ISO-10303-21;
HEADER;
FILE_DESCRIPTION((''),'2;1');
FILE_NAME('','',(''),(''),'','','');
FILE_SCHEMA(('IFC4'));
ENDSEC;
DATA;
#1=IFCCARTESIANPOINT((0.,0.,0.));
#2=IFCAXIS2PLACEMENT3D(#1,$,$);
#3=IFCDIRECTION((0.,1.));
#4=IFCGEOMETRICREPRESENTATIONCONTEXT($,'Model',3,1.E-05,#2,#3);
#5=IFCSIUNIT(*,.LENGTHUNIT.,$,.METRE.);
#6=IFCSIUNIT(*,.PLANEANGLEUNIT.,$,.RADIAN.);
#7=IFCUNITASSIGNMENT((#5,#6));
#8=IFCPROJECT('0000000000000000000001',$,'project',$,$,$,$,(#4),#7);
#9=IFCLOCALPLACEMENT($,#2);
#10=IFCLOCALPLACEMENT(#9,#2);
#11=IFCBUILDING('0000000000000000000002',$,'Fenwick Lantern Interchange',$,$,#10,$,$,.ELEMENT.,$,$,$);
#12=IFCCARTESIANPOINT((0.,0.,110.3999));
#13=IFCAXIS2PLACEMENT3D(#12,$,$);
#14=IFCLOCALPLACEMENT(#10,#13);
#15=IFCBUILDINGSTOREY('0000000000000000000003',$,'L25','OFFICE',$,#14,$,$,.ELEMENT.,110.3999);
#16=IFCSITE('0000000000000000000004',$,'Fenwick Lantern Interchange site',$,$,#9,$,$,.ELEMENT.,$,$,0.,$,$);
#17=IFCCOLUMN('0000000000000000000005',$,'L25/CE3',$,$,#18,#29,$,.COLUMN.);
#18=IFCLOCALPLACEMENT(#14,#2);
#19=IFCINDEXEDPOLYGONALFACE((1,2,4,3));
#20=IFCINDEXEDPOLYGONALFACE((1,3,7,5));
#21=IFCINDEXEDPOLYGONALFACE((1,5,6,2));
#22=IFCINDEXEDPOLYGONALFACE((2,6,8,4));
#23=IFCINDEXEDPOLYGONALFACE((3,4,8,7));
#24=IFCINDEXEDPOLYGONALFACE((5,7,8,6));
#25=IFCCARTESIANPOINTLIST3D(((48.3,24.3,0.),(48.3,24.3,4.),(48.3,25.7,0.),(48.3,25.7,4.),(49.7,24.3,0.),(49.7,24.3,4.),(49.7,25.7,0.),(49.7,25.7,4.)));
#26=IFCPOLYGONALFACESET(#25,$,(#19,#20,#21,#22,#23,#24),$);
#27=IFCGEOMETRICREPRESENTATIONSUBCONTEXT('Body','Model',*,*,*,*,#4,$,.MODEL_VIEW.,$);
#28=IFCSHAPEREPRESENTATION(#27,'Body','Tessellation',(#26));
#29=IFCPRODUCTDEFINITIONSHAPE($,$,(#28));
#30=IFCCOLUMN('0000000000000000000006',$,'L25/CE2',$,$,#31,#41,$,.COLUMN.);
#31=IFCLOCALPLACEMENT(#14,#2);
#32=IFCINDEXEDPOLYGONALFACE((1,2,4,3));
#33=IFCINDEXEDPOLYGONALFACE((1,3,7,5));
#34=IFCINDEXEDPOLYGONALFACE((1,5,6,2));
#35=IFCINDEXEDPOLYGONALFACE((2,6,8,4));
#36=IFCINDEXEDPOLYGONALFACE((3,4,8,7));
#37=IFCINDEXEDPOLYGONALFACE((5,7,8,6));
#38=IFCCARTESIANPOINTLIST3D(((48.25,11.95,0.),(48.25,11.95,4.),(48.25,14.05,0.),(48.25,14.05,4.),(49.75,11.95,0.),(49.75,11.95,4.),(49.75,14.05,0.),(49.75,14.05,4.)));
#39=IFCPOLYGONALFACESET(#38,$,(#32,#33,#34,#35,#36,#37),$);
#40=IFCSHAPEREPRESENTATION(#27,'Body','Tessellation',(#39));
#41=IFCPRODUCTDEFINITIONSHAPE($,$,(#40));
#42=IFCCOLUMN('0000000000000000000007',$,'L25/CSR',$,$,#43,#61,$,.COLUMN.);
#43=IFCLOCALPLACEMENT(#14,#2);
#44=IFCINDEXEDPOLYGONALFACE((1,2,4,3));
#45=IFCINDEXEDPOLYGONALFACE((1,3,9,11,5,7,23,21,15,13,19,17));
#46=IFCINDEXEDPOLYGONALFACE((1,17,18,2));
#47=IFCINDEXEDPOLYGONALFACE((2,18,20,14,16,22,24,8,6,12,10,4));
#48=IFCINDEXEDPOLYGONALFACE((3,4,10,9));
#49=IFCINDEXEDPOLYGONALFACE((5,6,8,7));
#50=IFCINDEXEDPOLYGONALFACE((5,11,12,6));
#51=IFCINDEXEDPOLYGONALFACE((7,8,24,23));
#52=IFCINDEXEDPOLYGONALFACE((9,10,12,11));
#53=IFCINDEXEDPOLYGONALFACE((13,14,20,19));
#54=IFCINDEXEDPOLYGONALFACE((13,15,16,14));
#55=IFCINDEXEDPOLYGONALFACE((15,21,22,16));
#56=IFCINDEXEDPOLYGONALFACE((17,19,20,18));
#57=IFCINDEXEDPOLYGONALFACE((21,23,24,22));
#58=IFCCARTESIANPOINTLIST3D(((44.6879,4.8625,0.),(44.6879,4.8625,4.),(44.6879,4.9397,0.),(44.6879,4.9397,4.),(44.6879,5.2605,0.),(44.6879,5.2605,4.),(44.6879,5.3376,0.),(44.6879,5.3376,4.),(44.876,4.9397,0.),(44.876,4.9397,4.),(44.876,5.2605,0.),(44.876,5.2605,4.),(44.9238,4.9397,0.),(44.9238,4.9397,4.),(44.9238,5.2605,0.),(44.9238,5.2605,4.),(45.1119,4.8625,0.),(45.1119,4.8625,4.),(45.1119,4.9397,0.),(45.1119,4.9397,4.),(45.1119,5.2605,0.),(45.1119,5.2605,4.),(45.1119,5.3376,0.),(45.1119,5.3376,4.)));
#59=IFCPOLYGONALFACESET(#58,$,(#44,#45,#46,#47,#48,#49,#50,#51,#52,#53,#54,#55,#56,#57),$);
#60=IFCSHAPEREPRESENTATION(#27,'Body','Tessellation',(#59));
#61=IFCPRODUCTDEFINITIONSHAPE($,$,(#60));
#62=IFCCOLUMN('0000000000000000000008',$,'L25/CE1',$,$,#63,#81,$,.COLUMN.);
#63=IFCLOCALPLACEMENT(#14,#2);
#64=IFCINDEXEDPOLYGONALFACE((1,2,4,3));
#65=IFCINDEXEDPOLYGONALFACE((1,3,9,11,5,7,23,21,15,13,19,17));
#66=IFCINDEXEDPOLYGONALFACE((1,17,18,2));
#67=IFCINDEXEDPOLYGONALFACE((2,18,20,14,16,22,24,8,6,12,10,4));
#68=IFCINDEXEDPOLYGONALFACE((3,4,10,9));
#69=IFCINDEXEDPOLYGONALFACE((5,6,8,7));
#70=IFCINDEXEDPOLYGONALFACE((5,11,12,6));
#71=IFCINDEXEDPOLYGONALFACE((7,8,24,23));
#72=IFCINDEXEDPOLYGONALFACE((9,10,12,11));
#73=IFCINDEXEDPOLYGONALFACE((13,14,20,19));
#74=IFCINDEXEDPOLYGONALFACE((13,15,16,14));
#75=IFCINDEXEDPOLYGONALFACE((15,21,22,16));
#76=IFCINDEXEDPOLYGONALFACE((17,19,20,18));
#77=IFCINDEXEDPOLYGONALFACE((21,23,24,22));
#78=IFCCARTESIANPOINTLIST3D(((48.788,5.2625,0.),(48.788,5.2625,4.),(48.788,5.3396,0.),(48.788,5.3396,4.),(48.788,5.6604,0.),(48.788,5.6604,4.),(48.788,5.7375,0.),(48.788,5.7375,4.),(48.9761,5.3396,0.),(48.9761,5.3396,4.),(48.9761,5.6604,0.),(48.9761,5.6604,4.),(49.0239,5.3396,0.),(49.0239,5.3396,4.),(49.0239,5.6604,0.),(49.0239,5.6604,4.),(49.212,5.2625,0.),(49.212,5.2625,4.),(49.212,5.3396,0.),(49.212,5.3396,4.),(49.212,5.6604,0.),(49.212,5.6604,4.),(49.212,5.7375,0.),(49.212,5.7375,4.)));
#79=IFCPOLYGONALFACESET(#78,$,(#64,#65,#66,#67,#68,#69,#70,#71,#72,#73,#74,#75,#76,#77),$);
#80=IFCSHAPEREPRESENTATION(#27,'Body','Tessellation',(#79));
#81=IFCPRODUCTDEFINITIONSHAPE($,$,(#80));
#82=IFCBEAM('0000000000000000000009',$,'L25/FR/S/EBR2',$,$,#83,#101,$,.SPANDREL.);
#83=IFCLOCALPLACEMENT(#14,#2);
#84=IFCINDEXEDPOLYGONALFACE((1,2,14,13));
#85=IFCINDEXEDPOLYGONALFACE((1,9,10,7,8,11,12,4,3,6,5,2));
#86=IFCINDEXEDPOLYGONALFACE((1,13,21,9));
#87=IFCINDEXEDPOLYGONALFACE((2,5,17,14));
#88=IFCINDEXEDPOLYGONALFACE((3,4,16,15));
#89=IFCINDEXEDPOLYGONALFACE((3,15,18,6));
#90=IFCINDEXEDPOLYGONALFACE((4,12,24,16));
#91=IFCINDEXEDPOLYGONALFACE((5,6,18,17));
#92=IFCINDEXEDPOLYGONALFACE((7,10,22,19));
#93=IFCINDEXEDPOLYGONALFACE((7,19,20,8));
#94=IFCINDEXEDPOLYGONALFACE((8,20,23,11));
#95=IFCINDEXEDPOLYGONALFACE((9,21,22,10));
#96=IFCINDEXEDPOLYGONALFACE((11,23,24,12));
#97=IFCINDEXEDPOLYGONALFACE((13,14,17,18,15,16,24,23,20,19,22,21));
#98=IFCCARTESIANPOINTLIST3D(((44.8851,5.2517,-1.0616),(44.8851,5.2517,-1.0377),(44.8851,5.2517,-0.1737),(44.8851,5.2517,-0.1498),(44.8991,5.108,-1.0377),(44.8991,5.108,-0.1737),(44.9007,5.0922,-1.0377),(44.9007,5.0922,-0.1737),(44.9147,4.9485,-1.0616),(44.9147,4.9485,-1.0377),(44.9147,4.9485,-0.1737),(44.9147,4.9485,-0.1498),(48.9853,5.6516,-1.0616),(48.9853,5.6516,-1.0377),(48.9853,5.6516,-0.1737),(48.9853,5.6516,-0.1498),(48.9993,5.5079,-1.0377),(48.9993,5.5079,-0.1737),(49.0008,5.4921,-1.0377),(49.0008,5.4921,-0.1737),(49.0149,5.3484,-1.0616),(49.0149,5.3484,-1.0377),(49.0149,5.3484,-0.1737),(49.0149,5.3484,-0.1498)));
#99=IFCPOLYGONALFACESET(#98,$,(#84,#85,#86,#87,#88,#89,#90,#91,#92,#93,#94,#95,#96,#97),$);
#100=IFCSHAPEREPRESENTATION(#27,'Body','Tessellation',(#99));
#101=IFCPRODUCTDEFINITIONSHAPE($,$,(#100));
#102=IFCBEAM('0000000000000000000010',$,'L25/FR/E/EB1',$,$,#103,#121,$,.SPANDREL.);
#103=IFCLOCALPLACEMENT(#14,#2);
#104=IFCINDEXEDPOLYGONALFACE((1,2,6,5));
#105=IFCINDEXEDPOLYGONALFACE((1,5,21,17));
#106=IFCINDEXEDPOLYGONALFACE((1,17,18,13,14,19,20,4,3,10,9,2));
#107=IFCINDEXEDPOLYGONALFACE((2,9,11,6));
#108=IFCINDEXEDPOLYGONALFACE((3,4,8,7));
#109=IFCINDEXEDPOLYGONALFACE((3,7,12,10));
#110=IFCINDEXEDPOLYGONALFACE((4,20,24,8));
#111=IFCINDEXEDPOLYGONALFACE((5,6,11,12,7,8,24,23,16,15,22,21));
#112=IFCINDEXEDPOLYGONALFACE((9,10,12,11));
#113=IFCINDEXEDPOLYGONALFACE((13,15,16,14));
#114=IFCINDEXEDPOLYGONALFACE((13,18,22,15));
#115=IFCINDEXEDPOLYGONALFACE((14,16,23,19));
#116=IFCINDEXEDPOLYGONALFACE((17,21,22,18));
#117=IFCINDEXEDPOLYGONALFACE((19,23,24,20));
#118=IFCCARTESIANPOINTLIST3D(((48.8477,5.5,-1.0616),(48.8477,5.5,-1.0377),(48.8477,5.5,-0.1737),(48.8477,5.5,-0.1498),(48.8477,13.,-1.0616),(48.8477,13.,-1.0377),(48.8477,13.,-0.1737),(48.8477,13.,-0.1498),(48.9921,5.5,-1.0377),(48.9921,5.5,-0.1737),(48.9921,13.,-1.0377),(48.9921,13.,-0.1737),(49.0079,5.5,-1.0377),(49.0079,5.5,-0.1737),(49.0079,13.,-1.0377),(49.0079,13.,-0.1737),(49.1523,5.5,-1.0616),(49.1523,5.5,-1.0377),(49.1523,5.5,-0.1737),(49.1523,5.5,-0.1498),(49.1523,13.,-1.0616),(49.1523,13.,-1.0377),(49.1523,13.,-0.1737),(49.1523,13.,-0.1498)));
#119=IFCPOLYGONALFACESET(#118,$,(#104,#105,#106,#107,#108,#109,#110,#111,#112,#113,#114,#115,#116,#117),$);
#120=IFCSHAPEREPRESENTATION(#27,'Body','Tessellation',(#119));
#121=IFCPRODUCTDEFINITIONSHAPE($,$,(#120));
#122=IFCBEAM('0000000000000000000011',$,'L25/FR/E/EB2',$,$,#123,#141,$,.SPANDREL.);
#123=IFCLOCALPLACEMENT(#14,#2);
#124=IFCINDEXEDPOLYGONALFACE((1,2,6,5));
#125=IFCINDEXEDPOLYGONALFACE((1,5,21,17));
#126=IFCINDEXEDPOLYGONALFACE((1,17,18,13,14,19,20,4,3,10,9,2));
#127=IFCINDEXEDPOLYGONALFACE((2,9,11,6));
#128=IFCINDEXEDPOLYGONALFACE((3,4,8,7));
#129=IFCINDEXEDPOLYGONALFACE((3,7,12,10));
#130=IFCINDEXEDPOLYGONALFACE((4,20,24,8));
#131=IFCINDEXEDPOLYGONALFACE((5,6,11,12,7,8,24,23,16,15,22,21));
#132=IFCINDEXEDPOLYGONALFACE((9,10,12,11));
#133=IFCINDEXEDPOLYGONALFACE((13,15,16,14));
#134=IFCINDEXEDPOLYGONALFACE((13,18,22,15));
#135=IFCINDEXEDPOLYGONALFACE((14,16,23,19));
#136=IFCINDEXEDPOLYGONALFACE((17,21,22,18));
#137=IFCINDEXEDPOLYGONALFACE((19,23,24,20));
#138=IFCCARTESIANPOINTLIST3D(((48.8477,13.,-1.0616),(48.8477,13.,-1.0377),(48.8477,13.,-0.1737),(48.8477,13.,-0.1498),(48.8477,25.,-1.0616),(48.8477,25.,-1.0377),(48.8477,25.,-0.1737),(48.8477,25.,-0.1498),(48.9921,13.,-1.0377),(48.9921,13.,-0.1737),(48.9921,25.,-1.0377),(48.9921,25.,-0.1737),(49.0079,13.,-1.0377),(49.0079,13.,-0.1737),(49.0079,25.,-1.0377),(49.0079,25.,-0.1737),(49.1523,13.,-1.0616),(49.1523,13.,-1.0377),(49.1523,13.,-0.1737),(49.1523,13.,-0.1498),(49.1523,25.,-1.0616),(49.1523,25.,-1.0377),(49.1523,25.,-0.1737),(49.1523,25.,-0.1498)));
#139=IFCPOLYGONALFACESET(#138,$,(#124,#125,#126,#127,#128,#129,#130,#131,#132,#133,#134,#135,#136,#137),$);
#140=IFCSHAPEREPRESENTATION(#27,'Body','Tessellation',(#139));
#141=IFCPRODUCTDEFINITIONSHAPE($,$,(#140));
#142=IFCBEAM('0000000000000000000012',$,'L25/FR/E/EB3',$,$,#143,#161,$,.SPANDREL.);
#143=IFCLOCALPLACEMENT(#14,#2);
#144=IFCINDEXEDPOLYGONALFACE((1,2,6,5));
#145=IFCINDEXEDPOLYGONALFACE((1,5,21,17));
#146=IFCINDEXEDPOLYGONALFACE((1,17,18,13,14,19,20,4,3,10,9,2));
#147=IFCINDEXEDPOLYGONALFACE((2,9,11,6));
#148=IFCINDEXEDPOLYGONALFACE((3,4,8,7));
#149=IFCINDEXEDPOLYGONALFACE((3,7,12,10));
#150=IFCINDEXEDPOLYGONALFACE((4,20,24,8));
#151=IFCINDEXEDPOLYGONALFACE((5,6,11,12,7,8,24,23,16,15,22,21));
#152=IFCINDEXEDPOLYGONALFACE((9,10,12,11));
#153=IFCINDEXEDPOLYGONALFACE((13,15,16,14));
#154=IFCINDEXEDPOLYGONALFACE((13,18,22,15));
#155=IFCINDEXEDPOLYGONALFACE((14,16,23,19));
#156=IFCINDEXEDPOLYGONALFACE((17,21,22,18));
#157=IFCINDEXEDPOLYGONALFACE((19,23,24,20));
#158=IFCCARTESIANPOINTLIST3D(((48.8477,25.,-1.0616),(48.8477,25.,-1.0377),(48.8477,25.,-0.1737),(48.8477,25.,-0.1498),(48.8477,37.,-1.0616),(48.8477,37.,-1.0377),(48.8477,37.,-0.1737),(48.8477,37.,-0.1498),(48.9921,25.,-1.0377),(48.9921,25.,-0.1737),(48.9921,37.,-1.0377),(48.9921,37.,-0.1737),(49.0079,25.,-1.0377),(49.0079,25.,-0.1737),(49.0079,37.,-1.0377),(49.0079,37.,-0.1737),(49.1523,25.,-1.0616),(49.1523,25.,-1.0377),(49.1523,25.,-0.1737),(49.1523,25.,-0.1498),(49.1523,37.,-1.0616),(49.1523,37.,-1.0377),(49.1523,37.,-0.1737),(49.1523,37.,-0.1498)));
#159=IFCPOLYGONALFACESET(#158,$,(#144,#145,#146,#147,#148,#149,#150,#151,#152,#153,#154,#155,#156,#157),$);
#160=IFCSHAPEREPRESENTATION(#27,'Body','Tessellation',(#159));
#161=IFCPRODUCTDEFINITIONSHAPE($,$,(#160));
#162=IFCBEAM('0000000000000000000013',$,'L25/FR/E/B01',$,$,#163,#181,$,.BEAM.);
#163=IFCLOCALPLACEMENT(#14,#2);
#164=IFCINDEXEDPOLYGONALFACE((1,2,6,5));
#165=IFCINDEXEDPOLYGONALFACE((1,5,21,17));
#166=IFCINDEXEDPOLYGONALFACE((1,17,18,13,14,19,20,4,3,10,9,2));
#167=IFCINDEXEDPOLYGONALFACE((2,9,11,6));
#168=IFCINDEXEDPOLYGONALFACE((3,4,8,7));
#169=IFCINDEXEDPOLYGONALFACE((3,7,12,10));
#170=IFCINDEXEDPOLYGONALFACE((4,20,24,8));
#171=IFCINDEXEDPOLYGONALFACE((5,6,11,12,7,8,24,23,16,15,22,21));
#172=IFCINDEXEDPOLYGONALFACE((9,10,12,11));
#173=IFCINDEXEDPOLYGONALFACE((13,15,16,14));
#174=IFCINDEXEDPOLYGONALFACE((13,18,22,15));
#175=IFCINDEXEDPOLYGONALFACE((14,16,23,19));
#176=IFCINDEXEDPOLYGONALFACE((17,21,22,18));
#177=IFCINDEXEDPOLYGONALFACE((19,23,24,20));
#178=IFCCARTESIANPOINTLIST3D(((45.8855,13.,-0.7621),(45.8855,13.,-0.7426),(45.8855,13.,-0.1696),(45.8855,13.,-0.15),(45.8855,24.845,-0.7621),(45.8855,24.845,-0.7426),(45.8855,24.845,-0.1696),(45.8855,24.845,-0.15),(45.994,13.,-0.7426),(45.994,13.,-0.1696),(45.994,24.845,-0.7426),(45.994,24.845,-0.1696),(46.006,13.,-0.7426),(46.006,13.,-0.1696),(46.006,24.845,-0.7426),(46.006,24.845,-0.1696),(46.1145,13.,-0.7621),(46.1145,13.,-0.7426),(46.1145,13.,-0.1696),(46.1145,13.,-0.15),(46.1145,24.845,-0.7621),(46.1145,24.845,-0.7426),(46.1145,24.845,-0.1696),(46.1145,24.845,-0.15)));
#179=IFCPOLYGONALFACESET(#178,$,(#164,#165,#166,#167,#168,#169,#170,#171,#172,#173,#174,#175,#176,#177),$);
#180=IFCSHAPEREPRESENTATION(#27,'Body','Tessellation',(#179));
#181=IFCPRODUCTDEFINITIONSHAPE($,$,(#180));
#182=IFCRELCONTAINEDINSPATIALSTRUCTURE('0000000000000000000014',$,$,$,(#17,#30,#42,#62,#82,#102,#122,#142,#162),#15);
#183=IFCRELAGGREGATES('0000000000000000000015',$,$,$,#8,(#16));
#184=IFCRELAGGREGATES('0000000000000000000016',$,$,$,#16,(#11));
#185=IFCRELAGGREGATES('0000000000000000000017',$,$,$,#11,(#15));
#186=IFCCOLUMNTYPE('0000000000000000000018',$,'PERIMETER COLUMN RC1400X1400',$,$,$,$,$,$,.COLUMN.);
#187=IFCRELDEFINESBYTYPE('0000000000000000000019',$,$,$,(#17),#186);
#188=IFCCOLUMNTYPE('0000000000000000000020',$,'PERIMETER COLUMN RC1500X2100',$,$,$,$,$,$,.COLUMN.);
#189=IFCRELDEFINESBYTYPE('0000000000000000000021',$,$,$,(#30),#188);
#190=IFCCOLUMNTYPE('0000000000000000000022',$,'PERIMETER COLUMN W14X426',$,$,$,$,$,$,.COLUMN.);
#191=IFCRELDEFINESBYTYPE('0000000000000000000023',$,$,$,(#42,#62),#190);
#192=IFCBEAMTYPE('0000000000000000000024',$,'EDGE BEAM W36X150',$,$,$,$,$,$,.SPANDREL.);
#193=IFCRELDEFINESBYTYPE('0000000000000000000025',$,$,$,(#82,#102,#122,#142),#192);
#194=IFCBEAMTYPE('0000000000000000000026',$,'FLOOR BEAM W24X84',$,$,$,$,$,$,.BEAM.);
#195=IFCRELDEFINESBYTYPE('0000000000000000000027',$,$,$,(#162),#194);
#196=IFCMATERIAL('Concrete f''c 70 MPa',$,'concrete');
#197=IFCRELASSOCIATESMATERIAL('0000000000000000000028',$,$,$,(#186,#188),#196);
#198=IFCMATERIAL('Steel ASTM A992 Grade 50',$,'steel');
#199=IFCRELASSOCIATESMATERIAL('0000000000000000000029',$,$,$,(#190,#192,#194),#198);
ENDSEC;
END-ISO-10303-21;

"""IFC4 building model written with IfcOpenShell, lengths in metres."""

from ifc_helpers import new_model, si_unit, direction, frame, origin, origin_2d, place, context, subcontext, project, spatial, rectangle, i_section, extrude, material, material_profile, profile_set, type_object, element, save


model = new_model("IFC4")

# Units and contexts
model_context = context("Model", 3, precision=1e-05, world=origin(), true_north=direction((0.0, 1.0)))
body_context = subcontext(model_context, "Body", "Model", "MODEL_VIEW")
ifc_project = project(units=[si_unit("LENGTHUNIT", "METRE"), si_unit("PLANEANGLEUNIT", "RADIAN")], contexts=[model_context])

# Site, building, storey
site_placement = place(None, origin())
site = spatial("IfcSite", under=ifc_project, at=site_placement, Name="Fenwick Lantern Interchange site", CompositionType="ELEMENT", RefElevation=0.0)
building_placement = place(site_placement, origin())
building = spatial("IfcBuilding", under=site, at=building_placement, Name="Fenwick Lantern Interchange", CompositionType="ELEMENT")
storey_placement = place(building_placement, frame((0.0, 0.0, 110.3999)))
storey = spatial("IfcBuildingStorey", under=building, at=storey_placement, Name="L25", Description="OFFICE", CompositionType="ELEMENT", Elevation=110.3999)

# Columns
ifc_material_1 = material(Name="Concrete f'c 70 MPa", Category="concrete")
ifc_material_profile_1 = material_profile(ifc_material_1, rectangle(XDim=1.3999, YDim=1.3999, at=origin_2d()), Name="RC1400X1400")
ifc_profile_set_1 = profile_set([ifc_material_profile_1], Name="Concrete f'c 70 MPa")
column_type_1 = type_object("IfcColumnType", Name="PERIMETER COLUMN RC1400X1400", PredefinedType="COLUMN", material=ifc_profile_set_1)
column_1_placement = place(storey_placement, frame((49.0, 25.0, 0.0), z_axis=(0.0, 0.0, 1.0), x_axis=(1.0, 0.0, 0.0)))
element("IfcColumn", 1, at=column_1_placement, inside=storey, type_object=column_type_1, Name="L25/CE3", PredefinedType="COLUMN", context=body_context, shape_type="SweptSolid", body=[
    extrude(rectangle(XDim=1.3999, YDim=1.3999, at=origin_2d()), origin(), (0.0, 0.0, 1.0), 4.0),
])
ifc_material_profile_2 = material_profile(ifc_material_1, rectangle(XDim=1.5, YDim=2.1001, at=origin_2d()), Name="RC1500X2100")
ifc_profile_set_2 = profile_set([ifc_material_profile_2], Name="Concrete f'c 70 MPa")
column_type_2 = type_object("IfcColumnType", Name="PERIMETER COLUMN RC1500X2100", PredefinedType="COLUMN", material=ifc_profile_set_2)
column_2_placement = place(storey_placement, frame((49.0, 13.0, 0.0), z_axis=(0.0, 0.0, 1.0), x_axis=(1.0, 0.0, 0.0)))
element("IfcColumn", 2, at=column_2_placement, inside=storey, type_object=column_type_2, Name="L25/CE2", PredefinedType="COLUMN", context=body_context, shape_type="SweptSolid", body=[
    extrude(rectangle(XDim=1.5, YDim=2.1001, at=origin_2d()), origin(), (0.0, 0.0, 1.0), 4.0),
])
ifc_material_2 = material(Name="Steel ASTM A992 Grade 50", Category="steel")
ifc_material_profile_3 = material_profile(ifc_material_2, i_section(OverallWidth=0.4241, OverallDepth=0.4751, WebThickness=0.0479, FlangeThickness=0.0771, at=origin_2d()), Name="W14X426")
ifc_profile_set_3 = profile_set([ifc_material_profile_3], Name="Steel ASTM A992 Grade 50")
column_type_3 = type_object("IfcColumnType", Name="PERIMETER COLUMN W14X426", PredefinedType="COLUMN", material=ifc_profile_set_3)
for number, where, z_axis, x_axis, name in (
    (3, (44.8999, 5.1001, 0.0), (0.0, 0.0, 1.0), (1.0, 0.0, 0.0), "L25/CSR"),
    (4, (49.0, 5.5, 0.0), (0.0, 0.0, 1.0), (1.0, 0.0, 0.0), "L25/CE1"),
):
    element("IfcColumn", number, at=place(storey_placement, frame(where, z_axis=z_axis, x_axis=x_axis)), inside=storey, type_object=column_type_3, Name=name, PredefinedType="COLUMN", context=body_context, shape_type="SweptSolid", body=[
        extrude(i_section(OverallWidth=0.4241, OverallDepth=0.4751, WebThickness=0.0479, FlangeThickness=0.0771, at=origin_2d()), origin(), (0.0, 0.0, 1.0), 4.0),
    ])

# Beams
ifc_material_profile_4 = material_profile(ifc_material_2, i_section(OverallWidth=0.3047, OverallDepth=0.9119, WebThickness=0.0159, FlangeThickness=0.0239, at=origin_2d()), Name="W36X150")
ifc_profile_set_4 = profile_set([ifc_material_profile_4], Name="Steel ASTM A992 Grade 50")
beam_type_1 = type_object("IfcBeamType", Name="EDGE BEAM W36X150", PredefinedType="SPANDREL", material=ifc_profile_set_4)
beam_1_placement = place(storey_placement, frame((44.8999, 5.1001, -0.6057), z_axis=(0.995277, 0.097074, 0.0), x_axis=(-0.097074, 0.995277, 0.0)))
element("IfcBeam", 5, at=beam_1_placement, inside=storey, type_object=beam_type_1, Name="L25/FR/S/EBR2", PredefinedType="SPANDREL", context=body_context, shape_type="SweptSolid", body=[
    extrude(i_section(OverallWidth=0.3047, OverallDepth=0.9119, WebThickness=0.0159, FlangeThickness=0.0239, at=origin_2d()), origin(), (0.0, 0.0, 1.0), 4.1196),
])
beam_2_placement = place(storey_placement, frame((49.0, 5.5, -0.6057), z_axis=(0.0, 1.0, 0.0), x_axis=(-1.0, 0.0, 0.0)))
element("IfcBeam", 6, at=beam_2_placement, inside=storey, type_object=beam_type_1, Name="L25/FR/E/EB1", PredefinedType="SPANDREL", context=body_context, shape_type="SweptSolid", body=[
    extrude(i_section(OverallWidth=0.3047, OverallDepth=0.9119, WebThickness=0.0159, FlangeThickness=0.0239, at=origin_2d()), origin(), (0.0, 0.0, 1.0), 7.5),
])
for number, where, z_axis, x_axis, name in (
    (7, (49.0, 13.0, -0.6057), (0.0, 1.0, 0.0), (-1.0, 0.0, 0.0), "L25/FR/E/EB2"),
    (8, (49.0, 25.0, -0.6057), (0.0, 1.0, 0.0), (-1.0, 0.0, 0.0), "L25/FR/E/EB3"),
):
    element("IfcBeam", number, at=place(storey_placement, frame(where, z_axis=z_axis, x_axis=x_axis)), inside=storey, type_object=beam_type_1, Name=name, PredefinedType="SPANDREL", context=body_context, shape_type="SweptSolid", body=[
        extrude(i_section(OverallWidth=0.3047, OverallDepth=0.9119, WebThickness=0.0159, FlangeThickness=0.0239, at=origin_2d()), origin(), (0.0, 0.0, 1.0), 12.0),
    ])
ifc_material_profile_5 = material_profile(ifc_material_2, i_section(OverallWidth=0.229, OverallDepth=0.6121, WebThickness=0.012, FlangeThickness=0.0195, at=origin_2d()), Name="W24X84")
ifc_profile_set_5 = profile_set([ifc_material_profile_5], Name="Steel ASTM A992 Grade 50")
beam_type_2 = type_object("IfcBeamType", Name="FLOOR BEAM W24X84", PredefinedType="BEAM", material=ifc_profile_set_5)
for number, where, z_axis, x_axis, name in (
    (9, (46.0, 13.0, -0.4561), (0.0, 1.0, 0.0), (-1.0, 0.0, 0.0), "L25/FR/E/B01"),
):
    element("IfcBeam", number, at=place(storey_placement, frame(where, z_axis=z_axis, x_axis=x_axis)), inside=storey, type_object=beam_type_2, Name=name, PredefinedType="BEAM", context=body_context, shape_type="SweptSolid", body=[
        extrude(i_section(OverallWidth=0.229, OverallDepth=0.6121, WebThickness=0.012, FlangeThickness=0.0195, at=origin_2d()), origin(), (0.0, 0.0, 1.0), 11.845),
    ])

save(model, "model.ifc")
